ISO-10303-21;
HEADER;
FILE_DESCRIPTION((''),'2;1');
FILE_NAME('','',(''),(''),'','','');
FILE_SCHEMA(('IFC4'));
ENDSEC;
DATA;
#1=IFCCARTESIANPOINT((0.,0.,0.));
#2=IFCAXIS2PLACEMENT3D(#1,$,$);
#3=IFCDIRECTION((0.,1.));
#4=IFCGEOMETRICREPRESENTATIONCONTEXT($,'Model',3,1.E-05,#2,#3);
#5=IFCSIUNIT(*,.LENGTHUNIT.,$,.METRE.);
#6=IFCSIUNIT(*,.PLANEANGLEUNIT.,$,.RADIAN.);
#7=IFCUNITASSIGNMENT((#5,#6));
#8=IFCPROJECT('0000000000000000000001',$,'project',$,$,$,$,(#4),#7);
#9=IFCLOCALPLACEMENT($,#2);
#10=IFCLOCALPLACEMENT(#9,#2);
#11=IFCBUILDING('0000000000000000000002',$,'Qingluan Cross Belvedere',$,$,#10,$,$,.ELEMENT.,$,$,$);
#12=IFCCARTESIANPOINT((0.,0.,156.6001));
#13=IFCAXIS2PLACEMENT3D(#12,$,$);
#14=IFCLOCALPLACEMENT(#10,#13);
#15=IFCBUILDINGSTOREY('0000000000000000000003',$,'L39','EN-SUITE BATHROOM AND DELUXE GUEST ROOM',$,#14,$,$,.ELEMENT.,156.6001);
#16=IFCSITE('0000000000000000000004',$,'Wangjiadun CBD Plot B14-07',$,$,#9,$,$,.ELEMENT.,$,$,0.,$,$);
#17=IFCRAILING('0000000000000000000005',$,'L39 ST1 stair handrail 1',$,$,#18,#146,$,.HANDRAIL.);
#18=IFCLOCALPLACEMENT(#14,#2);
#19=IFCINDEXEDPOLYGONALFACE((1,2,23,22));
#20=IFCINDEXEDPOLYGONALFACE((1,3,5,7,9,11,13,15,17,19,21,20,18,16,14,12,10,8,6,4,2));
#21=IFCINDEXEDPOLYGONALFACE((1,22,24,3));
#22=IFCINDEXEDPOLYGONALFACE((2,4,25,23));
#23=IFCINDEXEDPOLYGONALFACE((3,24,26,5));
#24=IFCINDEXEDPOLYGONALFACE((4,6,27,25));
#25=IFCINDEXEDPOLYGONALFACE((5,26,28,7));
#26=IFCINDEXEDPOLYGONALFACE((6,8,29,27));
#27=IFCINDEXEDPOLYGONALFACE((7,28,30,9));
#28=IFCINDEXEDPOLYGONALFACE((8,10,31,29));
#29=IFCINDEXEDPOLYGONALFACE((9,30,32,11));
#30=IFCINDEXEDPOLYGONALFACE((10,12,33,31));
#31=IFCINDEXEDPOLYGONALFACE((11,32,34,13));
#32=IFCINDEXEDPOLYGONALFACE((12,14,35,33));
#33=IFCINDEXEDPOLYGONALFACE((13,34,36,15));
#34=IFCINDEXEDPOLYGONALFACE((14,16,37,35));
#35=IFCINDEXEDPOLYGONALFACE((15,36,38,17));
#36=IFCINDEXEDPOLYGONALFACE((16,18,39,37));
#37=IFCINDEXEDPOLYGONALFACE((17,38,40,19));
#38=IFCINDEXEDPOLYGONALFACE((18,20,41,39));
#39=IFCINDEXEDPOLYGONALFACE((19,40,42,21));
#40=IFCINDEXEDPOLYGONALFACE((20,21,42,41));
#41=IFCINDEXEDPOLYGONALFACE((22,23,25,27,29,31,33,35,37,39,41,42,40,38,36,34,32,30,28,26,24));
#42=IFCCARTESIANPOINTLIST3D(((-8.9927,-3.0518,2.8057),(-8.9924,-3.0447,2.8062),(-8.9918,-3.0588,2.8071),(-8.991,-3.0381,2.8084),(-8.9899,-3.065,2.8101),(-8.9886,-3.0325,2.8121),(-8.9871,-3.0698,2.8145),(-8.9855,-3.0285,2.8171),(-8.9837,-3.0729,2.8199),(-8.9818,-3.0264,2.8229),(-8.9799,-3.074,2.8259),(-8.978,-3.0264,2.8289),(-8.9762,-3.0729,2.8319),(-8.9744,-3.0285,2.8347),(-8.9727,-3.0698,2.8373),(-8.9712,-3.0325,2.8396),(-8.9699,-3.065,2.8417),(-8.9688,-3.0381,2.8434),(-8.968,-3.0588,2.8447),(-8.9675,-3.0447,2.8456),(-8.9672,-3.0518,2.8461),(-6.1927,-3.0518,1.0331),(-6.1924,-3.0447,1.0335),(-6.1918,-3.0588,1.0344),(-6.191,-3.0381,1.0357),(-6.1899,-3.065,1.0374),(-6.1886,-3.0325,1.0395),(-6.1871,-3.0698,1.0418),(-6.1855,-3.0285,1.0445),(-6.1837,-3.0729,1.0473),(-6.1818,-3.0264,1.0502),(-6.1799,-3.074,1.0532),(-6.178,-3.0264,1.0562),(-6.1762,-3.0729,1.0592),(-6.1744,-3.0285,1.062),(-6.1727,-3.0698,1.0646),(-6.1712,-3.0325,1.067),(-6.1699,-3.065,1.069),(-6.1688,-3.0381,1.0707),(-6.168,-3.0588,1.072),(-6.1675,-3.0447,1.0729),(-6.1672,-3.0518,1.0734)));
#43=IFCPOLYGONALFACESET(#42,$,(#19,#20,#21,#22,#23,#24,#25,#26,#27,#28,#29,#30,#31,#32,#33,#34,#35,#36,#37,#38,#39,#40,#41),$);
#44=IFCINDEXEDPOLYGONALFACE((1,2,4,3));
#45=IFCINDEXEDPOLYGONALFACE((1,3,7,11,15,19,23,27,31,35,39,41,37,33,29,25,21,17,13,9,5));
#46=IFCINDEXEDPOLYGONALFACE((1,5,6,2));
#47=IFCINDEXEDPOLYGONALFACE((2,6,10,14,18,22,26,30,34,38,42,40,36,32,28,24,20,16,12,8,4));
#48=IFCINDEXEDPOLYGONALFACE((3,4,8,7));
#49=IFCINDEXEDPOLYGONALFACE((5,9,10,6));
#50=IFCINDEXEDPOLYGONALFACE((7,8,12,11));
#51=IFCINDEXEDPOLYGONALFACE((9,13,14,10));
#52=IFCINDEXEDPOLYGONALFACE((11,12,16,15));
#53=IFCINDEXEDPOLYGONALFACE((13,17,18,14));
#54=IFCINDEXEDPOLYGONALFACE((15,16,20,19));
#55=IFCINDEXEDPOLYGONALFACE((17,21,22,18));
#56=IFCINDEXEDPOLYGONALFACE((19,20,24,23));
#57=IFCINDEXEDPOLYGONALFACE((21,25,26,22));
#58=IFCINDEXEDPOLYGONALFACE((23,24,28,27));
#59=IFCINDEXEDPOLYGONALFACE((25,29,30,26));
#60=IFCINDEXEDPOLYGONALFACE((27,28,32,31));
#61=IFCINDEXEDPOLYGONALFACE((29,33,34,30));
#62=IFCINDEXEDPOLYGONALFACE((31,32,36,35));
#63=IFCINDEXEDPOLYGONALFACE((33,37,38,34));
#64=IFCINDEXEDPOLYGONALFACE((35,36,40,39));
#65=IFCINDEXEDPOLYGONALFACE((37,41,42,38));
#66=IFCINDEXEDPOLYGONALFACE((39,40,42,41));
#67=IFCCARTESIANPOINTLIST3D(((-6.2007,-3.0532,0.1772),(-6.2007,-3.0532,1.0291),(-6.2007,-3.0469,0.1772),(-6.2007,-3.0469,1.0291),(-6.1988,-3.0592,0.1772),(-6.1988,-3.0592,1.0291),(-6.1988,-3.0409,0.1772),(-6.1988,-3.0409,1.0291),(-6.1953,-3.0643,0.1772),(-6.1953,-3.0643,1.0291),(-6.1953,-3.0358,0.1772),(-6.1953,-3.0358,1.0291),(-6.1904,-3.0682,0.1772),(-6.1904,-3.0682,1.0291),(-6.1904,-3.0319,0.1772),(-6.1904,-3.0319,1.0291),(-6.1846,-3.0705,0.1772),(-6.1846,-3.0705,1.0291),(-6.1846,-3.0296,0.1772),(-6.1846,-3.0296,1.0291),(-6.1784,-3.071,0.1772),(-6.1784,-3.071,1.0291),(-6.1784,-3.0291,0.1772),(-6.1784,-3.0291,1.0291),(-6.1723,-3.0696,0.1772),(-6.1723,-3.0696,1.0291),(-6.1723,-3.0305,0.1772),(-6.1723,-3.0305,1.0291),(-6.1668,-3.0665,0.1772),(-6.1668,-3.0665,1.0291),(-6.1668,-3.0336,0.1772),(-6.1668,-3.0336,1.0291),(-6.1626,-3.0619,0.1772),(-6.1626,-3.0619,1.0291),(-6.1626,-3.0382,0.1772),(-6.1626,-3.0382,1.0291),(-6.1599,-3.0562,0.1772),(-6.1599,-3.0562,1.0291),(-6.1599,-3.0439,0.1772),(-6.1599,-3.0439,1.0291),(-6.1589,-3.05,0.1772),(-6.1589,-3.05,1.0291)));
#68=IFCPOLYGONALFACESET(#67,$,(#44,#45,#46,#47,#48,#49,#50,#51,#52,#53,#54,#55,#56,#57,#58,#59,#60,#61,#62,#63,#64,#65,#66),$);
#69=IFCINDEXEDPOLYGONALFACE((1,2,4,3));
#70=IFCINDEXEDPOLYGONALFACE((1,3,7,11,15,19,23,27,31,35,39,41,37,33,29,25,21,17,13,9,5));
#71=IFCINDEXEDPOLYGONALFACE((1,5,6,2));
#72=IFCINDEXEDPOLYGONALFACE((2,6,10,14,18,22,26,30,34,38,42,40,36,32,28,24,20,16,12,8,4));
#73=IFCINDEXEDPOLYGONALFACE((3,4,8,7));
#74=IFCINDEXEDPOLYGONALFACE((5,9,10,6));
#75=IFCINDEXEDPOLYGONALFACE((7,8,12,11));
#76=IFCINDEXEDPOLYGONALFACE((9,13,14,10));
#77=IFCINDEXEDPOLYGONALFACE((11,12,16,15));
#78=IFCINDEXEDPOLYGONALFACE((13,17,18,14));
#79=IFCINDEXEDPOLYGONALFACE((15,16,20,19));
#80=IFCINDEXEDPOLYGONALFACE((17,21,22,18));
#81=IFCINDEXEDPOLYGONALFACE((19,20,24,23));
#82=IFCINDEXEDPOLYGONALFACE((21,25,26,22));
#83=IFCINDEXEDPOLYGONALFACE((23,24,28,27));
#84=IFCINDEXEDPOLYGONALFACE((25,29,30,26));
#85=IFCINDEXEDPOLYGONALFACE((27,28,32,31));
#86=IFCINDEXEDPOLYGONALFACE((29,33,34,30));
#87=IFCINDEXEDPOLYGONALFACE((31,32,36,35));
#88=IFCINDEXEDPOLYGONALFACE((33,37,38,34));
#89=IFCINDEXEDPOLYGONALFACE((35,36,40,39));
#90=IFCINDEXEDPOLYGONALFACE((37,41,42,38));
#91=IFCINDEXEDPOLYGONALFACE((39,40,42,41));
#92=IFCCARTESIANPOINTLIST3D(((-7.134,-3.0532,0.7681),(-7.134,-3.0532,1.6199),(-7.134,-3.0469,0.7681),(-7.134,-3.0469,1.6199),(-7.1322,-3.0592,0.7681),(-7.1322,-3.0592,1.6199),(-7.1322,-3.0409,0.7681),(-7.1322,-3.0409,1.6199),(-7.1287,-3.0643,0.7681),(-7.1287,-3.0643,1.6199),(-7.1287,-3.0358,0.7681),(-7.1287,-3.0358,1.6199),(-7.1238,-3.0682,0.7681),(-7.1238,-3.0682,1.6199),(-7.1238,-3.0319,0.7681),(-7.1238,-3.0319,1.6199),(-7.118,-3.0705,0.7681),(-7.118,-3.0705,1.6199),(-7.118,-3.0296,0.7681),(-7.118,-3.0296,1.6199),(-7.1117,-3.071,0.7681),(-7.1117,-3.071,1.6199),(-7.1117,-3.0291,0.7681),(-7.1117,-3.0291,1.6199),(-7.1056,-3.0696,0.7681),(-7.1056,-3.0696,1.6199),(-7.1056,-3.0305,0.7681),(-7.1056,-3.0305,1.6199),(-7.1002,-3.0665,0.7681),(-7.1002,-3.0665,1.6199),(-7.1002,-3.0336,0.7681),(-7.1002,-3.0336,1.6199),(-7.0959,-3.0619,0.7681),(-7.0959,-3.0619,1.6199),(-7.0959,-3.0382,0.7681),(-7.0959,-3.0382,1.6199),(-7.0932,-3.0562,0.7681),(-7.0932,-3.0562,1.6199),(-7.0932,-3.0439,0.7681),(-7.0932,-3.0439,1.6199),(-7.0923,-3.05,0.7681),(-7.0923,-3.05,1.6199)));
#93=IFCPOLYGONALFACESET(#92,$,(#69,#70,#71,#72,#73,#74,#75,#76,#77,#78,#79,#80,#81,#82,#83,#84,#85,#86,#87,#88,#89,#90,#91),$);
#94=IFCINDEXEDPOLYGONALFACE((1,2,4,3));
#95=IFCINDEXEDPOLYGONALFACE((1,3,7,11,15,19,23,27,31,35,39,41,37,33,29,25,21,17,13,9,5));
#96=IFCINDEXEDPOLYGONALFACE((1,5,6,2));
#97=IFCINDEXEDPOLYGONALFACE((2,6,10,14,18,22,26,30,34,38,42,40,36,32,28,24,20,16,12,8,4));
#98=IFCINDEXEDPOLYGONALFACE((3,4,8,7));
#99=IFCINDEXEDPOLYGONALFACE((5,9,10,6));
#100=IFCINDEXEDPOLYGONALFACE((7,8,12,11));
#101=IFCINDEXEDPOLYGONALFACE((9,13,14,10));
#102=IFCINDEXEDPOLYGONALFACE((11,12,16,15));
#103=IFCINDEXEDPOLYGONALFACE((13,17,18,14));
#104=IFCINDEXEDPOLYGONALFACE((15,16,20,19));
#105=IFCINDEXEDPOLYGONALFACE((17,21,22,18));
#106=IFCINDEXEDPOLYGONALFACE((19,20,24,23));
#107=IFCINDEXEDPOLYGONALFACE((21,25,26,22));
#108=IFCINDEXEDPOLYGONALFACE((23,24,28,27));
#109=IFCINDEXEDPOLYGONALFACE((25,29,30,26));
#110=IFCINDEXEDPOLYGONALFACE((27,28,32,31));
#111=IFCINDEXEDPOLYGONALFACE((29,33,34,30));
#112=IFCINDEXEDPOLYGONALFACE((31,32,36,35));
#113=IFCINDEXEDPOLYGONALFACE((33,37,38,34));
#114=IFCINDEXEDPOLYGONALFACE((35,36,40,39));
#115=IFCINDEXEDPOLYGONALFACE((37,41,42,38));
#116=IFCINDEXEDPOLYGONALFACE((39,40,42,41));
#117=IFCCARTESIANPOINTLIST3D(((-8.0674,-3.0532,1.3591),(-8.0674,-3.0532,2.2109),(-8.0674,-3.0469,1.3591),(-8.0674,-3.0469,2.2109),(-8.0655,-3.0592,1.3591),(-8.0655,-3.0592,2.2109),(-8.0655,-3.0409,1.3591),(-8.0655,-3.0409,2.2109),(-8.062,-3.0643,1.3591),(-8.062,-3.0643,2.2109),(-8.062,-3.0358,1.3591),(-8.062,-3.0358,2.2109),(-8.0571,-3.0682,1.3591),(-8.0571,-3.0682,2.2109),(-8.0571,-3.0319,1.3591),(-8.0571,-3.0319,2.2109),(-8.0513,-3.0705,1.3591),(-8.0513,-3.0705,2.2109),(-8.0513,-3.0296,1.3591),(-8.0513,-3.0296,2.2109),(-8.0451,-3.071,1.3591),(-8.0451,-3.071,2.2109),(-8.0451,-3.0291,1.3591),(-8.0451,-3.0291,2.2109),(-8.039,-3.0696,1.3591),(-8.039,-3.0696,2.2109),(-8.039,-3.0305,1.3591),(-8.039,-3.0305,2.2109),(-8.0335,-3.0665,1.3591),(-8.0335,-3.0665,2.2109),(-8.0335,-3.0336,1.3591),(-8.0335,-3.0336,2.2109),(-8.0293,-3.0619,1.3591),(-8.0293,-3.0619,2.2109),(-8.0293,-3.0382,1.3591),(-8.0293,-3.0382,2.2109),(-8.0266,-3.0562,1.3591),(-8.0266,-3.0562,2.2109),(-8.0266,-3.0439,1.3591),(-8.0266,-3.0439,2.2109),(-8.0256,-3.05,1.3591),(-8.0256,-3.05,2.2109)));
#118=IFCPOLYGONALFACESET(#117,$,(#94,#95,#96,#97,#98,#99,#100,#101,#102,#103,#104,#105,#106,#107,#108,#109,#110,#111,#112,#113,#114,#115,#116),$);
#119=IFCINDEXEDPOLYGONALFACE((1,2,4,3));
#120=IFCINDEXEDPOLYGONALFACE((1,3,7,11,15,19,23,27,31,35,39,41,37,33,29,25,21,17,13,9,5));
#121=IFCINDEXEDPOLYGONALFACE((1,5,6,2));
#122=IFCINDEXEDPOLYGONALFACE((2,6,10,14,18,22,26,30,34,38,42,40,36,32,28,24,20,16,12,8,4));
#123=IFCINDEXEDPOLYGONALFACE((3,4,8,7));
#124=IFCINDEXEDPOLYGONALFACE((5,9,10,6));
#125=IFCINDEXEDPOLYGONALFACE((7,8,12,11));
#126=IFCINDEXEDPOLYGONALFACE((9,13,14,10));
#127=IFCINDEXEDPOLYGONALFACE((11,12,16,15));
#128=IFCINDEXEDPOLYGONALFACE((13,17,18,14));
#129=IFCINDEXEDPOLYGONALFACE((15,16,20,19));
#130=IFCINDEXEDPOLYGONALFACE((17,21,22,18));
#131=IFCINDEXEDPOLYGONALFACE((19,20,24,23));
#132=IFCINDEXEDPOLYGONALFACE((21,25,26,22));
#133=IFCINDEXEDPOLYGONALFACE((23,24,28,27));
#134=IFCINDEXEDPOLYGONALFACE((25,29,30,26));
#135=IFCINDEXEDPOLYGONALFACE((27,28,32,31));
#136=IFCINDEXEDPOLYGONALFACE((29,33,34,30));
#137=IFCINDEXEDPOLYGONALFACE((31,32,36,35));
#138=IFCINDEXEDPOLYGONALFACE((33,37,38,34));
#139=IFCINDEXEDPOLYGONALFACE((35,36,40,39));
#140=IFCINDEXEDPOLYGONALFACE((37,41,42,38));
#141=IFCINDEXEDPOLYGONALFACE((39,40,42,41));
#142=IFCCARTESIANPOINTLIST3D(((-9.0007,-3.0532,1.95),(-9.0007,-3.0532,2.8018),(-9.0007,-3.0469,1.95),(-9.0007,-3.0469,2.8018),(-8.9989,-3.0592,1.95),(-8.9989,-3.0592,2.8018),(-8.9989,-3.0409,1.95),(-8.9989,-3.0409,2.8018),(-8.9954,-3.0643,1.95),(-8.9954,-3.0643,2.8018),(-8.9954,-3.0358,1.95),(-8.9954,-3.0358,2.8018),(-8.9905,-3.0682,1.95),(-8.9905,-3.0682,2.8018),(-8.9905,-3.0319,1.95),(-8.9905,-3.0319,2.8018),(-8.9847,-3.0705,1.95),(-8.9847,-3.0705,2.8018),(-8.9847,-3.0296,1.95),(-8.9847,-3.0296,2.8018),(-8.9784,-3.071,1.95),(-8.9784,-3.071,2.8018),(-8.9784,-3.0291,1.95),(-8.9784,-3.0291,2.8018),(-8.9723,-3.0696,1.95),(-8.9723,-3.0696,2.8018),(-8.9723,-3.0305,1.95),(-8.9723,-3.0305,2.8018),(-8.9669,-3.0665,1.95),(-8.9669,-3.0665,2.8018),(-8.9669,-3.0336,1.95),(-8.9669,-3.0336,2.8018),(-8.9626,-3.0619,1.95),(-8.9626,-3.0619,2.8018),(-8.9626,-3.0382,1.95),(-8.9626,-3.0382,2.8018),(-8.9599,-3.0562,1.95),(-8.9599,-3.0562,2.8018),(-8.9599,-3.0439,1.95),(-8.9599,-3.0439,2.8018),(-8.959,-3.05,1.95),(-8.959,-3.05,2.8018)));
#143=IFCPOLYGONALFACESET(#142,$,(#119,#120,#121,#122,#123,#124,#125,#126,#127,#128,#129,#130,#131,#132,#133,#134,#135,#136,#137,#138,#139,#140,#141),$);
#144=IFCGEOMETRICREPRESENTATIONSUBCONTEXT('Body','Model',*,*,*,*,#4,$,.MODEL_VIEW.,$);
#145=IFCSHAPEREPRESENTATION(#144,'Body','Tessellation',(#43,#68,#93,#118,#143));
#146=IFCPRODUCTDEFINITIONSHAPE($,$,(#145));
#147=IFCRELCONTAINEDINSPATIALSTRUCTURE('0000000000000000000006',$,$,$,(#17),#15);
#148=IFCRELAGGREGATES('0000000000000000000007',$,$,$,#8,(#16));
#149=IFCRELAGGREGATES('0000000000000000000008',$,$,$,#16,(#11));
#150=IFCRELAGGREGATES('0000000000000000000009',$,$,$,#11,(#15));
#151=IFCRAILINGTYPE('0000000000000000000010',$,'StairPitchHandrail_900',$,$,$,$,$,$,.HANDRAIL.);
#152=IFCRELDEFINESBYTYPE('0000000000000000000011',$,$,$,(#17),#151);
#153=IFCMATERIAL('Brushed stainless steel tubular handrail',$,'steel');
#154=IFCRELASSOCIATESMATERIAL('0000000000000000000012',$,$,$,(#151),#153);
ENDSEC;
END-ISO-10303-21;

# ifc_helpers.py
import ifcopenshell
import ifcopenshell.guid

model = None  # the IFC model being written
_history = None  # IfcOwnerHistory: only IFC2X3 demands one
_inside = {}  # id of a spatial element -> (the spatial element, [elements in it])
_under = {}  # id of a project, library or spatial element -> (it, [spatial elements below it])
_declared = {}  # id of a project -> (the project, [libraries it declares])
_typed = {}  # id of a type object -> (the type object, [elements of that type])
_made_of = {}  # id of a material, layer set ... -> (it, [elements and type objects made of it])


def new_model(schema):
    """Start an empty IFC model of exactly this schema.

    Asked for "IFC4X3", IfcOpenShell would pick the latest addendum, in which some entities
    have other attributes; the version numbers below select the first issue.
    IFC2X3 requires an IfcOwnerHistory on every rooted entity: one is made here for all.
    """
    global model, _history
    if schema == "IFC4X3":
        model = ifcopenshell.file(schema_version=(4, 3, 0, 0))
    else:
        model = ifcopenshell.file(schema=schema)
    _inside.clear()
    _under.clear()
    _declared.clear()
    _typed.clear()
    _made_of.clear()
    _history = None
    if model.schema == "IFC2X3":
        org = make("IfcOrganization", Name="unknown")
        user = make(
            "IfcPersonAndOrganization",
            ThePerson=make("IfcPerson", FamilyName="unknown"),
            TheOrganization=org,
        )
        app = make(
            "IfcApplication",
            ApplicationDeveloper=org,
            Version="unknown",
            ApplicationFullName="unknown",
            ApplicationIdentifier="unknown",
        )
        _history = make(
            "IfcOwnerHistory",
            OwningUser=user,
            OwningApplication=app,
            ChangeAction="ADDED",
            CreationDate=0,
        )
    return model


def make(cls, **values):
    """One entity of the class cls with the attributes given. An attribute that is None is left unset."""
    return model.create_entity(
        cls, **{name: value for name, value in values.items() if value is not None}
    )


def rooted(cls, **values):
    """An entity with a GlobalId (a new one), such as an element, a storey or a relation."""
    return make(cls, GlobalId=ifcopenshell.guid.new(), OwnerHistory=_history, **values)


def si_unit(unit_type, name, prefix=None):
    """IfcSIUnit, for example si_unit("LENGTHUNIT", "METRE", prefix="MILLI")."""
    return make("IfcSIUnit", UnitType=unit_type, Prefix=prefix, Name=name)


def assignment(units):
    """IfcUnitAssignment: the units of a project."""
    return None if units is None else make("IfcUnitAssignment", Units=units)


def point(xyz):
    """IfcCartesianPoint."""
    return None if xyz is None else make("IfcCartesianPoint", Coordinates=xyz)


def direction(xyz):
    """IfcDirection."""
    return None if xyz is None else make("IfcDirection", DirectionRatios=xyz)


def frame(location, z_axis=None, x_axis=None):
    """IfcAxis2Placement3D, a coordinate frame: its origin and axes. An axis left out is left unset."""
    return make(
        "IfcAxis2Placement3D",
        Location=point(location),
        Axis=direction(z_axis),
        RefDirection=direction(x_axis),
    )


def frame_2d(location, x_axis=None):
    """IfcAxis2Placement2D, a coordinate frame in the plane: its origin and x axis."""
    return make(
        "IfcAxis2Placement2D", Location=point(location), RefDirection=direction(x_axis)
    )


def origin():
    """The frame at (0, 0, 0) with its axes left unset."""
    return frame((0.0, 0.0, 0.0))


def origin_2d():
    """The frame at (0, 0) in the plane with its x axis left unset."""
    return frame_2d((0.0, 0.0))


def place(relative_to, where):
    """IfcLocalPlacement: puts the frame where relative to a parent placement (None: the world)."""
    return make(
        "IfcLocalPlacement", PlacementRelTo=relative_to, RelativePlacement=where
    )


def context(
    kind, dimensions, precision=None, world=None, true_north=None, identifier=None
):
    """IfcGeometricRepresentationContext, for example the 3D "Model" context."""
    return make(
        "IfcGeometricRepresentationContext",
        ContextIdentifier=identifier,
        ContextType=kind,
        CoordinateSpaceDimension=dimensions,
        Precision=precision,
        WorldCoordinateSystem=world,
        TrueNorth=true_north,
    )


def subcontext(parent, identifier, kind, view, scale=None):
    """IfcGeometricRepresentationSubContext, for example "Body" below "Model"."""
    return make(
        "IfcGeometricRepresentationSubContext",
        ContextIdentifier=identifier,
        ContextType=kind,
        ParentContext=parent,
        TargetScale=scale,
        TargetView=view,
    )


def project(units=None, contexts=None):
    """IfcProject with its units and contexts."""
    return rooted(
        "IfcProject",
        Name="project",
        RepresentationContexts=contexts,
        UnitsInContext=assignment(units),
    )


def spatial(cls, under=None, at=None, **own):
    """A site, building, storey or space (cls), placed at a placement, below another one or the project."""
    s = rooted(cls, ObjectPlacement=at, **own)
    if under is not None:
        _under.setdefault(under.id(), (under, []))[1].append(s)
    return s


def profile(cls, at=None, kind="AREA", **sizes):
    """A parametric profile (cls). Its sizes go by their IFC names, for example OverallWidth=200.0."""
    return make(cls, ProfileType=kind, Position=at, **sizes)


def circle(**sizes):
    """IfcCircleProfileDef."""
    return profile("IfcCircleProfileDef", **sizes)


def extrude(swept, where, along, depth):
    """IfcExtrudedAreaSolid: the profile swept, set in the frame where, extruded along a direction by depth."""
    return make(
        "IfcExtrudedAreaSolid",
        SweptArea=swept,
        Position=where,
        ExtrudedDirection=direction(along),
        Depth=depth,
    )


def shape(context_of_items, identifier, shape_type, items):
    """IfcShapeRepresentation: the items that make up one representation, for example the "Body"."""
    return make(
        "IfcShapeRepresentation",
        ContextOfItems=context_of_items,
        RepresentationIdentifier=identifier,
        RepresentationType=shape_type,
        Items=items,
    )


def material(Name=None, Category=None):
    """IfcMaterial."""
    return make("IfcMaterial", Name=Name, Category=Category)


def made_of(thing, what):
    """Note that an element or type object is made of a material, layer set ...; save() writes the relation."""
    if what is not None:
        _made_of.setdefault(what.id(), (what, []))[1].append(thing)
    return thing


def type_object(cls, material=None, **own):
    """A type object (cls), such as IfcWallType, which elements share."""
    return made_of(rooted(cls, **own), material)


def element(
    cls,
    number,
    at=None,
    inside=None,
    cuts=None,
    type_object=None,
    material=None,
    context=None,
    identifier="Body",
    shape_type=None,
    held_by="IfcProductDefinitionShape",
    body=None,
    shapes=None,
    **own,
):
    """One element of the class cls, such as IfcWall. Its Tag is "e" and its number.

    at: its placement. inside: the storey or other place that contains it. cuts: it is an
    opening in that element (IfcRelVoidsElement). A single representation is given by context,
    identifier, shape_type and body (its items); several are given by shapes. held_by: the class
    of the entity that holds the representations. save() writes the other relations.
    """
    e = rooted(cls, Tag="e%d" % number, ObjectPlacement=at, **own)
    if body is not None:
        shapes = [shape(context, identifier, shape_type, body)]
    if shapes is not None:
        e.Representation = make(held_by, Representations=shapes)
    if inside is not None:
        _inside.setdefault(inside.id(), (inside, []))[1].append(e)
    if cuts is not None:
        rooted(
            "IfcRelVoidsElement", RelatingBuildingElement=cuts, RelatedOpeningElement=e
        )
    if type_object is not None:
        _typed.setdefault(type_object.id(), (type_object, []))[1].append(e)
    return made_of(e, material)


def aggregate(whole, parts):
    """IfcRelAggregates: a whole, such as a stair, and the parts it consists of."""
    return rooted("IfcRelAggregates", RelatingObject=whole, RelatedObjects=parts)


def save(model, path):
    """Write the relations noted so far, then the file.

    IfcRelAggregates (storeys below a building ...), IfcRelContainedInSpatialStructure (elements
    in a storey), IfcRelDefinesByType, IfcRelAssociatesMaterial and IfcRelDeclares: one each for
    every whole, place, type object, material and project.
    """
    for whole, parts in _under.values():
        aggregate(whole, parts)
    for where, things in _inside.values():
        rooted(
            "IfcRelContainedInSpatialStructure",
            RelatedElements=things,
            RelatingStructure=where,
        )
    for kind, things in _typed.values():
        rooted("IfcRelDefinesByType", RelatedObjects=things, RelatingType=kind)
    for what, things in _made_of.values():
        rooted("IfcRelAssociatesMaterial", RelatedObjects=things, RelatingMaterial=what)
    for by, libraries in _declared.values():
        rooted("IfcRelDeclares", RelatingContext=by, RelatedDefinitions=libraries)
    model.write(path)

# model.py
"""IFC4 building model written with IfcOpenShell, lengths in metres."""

from ifc_helpers import new_model, si_unit, direction, frame, origin, origin_2d, place, context, subcontext, project, spatial, circle, extrude, material, type_object, element, save


model = new_model("IFC4")

# Units and contexts
model_context = context("Model", 3, precision=1e-05, world=origin(), true_north=direction((0.0, 1.0)))
body_context = subcontext(model_context, "Body", "Model", "MODEL_VIEW")
ifc_project = project(units=[si_unit("LENGTHUNIT", "METRE"), si_unit("PLANEANGLEUNIT", "RADIAN")], contexts=[model_context])

# Site, building, storey
site_placement = place(None, origin())
site = spatial("IfcSite", under=ifc_project, at=site_placement, Name="Wangjiadun CBD Plot B14-07", CompositionType="ELEMENT", RefElevation=0.0)
building_placement = place(site_placement, origin())
building = spatial("IfcBuilding", under=site, at=building_placement, Name="Qingluan Cross Belvedere", CompositionType="ELEMENT")
storey_placement = place(building_placement, frame((0.0, 0.0, 156.6001)))
storey = spatial("IfcBuildingStorey", under=building, at=storey_placement, Name="L39", Description="EN-SUITE BATHROOM AND DELUXE GUEST ROOM", CompositionType="ELEMENT", Elevation=156.6001)

# Railing
ifc_material_1 = material(Name="Brushed stainless steel tubular handrail", Category="steel")
railing_type_1 = type_object("IfcRailingType", Name="StairPitchHandrail_900", PredefinedType="HANDRAIL", material=ifc_material_1)
railing_1_placement = place(storey_placement, frame((-6.1799, -3.05, 0.1772)))
element("IfcRailing", 1, at=railing_1_placement, inside=storey, type_object=railing_type_1, Name="L39 ST1 stair handrail 1", PredefinedType="HANDRAIL", context=body_context, shape_type="SweptSolid", body=[
    extrude(circle(Radius=0.0239, at=origin_2d()), frame((0.0, 0.0, 0.876), z_axis=(-0.844909, 0.0, 0.53491), x_axis=(0.0, -1.0, 0.0)), (0.0, 0.0, 1.0), 3.314),
    extrude(circle(Radius=0.021, at=origin_2d()), origin(), (0.0, 0.0, 1.0), 0.8518),
    extrude(circle(Radius=0.021, at=origin_2d()), frame((-0.9333, 0.0, 0.5908)), (0.0, 0.0, 1.0), 0.8518),
    extrude(circle(Radius=0.021, at=origin_2d()), frame((-1.8667, 0.0, 1.1819)), (0.0, 0.0, 1.0), 0.8518),
    extrude(circle(Radius=0.021, at=origin_2d()), frame((-2.8, 0.0, 1.7727)), (0.0, 0.0, 1.0), 0.8518),
])

save(model, "model.ifc")
